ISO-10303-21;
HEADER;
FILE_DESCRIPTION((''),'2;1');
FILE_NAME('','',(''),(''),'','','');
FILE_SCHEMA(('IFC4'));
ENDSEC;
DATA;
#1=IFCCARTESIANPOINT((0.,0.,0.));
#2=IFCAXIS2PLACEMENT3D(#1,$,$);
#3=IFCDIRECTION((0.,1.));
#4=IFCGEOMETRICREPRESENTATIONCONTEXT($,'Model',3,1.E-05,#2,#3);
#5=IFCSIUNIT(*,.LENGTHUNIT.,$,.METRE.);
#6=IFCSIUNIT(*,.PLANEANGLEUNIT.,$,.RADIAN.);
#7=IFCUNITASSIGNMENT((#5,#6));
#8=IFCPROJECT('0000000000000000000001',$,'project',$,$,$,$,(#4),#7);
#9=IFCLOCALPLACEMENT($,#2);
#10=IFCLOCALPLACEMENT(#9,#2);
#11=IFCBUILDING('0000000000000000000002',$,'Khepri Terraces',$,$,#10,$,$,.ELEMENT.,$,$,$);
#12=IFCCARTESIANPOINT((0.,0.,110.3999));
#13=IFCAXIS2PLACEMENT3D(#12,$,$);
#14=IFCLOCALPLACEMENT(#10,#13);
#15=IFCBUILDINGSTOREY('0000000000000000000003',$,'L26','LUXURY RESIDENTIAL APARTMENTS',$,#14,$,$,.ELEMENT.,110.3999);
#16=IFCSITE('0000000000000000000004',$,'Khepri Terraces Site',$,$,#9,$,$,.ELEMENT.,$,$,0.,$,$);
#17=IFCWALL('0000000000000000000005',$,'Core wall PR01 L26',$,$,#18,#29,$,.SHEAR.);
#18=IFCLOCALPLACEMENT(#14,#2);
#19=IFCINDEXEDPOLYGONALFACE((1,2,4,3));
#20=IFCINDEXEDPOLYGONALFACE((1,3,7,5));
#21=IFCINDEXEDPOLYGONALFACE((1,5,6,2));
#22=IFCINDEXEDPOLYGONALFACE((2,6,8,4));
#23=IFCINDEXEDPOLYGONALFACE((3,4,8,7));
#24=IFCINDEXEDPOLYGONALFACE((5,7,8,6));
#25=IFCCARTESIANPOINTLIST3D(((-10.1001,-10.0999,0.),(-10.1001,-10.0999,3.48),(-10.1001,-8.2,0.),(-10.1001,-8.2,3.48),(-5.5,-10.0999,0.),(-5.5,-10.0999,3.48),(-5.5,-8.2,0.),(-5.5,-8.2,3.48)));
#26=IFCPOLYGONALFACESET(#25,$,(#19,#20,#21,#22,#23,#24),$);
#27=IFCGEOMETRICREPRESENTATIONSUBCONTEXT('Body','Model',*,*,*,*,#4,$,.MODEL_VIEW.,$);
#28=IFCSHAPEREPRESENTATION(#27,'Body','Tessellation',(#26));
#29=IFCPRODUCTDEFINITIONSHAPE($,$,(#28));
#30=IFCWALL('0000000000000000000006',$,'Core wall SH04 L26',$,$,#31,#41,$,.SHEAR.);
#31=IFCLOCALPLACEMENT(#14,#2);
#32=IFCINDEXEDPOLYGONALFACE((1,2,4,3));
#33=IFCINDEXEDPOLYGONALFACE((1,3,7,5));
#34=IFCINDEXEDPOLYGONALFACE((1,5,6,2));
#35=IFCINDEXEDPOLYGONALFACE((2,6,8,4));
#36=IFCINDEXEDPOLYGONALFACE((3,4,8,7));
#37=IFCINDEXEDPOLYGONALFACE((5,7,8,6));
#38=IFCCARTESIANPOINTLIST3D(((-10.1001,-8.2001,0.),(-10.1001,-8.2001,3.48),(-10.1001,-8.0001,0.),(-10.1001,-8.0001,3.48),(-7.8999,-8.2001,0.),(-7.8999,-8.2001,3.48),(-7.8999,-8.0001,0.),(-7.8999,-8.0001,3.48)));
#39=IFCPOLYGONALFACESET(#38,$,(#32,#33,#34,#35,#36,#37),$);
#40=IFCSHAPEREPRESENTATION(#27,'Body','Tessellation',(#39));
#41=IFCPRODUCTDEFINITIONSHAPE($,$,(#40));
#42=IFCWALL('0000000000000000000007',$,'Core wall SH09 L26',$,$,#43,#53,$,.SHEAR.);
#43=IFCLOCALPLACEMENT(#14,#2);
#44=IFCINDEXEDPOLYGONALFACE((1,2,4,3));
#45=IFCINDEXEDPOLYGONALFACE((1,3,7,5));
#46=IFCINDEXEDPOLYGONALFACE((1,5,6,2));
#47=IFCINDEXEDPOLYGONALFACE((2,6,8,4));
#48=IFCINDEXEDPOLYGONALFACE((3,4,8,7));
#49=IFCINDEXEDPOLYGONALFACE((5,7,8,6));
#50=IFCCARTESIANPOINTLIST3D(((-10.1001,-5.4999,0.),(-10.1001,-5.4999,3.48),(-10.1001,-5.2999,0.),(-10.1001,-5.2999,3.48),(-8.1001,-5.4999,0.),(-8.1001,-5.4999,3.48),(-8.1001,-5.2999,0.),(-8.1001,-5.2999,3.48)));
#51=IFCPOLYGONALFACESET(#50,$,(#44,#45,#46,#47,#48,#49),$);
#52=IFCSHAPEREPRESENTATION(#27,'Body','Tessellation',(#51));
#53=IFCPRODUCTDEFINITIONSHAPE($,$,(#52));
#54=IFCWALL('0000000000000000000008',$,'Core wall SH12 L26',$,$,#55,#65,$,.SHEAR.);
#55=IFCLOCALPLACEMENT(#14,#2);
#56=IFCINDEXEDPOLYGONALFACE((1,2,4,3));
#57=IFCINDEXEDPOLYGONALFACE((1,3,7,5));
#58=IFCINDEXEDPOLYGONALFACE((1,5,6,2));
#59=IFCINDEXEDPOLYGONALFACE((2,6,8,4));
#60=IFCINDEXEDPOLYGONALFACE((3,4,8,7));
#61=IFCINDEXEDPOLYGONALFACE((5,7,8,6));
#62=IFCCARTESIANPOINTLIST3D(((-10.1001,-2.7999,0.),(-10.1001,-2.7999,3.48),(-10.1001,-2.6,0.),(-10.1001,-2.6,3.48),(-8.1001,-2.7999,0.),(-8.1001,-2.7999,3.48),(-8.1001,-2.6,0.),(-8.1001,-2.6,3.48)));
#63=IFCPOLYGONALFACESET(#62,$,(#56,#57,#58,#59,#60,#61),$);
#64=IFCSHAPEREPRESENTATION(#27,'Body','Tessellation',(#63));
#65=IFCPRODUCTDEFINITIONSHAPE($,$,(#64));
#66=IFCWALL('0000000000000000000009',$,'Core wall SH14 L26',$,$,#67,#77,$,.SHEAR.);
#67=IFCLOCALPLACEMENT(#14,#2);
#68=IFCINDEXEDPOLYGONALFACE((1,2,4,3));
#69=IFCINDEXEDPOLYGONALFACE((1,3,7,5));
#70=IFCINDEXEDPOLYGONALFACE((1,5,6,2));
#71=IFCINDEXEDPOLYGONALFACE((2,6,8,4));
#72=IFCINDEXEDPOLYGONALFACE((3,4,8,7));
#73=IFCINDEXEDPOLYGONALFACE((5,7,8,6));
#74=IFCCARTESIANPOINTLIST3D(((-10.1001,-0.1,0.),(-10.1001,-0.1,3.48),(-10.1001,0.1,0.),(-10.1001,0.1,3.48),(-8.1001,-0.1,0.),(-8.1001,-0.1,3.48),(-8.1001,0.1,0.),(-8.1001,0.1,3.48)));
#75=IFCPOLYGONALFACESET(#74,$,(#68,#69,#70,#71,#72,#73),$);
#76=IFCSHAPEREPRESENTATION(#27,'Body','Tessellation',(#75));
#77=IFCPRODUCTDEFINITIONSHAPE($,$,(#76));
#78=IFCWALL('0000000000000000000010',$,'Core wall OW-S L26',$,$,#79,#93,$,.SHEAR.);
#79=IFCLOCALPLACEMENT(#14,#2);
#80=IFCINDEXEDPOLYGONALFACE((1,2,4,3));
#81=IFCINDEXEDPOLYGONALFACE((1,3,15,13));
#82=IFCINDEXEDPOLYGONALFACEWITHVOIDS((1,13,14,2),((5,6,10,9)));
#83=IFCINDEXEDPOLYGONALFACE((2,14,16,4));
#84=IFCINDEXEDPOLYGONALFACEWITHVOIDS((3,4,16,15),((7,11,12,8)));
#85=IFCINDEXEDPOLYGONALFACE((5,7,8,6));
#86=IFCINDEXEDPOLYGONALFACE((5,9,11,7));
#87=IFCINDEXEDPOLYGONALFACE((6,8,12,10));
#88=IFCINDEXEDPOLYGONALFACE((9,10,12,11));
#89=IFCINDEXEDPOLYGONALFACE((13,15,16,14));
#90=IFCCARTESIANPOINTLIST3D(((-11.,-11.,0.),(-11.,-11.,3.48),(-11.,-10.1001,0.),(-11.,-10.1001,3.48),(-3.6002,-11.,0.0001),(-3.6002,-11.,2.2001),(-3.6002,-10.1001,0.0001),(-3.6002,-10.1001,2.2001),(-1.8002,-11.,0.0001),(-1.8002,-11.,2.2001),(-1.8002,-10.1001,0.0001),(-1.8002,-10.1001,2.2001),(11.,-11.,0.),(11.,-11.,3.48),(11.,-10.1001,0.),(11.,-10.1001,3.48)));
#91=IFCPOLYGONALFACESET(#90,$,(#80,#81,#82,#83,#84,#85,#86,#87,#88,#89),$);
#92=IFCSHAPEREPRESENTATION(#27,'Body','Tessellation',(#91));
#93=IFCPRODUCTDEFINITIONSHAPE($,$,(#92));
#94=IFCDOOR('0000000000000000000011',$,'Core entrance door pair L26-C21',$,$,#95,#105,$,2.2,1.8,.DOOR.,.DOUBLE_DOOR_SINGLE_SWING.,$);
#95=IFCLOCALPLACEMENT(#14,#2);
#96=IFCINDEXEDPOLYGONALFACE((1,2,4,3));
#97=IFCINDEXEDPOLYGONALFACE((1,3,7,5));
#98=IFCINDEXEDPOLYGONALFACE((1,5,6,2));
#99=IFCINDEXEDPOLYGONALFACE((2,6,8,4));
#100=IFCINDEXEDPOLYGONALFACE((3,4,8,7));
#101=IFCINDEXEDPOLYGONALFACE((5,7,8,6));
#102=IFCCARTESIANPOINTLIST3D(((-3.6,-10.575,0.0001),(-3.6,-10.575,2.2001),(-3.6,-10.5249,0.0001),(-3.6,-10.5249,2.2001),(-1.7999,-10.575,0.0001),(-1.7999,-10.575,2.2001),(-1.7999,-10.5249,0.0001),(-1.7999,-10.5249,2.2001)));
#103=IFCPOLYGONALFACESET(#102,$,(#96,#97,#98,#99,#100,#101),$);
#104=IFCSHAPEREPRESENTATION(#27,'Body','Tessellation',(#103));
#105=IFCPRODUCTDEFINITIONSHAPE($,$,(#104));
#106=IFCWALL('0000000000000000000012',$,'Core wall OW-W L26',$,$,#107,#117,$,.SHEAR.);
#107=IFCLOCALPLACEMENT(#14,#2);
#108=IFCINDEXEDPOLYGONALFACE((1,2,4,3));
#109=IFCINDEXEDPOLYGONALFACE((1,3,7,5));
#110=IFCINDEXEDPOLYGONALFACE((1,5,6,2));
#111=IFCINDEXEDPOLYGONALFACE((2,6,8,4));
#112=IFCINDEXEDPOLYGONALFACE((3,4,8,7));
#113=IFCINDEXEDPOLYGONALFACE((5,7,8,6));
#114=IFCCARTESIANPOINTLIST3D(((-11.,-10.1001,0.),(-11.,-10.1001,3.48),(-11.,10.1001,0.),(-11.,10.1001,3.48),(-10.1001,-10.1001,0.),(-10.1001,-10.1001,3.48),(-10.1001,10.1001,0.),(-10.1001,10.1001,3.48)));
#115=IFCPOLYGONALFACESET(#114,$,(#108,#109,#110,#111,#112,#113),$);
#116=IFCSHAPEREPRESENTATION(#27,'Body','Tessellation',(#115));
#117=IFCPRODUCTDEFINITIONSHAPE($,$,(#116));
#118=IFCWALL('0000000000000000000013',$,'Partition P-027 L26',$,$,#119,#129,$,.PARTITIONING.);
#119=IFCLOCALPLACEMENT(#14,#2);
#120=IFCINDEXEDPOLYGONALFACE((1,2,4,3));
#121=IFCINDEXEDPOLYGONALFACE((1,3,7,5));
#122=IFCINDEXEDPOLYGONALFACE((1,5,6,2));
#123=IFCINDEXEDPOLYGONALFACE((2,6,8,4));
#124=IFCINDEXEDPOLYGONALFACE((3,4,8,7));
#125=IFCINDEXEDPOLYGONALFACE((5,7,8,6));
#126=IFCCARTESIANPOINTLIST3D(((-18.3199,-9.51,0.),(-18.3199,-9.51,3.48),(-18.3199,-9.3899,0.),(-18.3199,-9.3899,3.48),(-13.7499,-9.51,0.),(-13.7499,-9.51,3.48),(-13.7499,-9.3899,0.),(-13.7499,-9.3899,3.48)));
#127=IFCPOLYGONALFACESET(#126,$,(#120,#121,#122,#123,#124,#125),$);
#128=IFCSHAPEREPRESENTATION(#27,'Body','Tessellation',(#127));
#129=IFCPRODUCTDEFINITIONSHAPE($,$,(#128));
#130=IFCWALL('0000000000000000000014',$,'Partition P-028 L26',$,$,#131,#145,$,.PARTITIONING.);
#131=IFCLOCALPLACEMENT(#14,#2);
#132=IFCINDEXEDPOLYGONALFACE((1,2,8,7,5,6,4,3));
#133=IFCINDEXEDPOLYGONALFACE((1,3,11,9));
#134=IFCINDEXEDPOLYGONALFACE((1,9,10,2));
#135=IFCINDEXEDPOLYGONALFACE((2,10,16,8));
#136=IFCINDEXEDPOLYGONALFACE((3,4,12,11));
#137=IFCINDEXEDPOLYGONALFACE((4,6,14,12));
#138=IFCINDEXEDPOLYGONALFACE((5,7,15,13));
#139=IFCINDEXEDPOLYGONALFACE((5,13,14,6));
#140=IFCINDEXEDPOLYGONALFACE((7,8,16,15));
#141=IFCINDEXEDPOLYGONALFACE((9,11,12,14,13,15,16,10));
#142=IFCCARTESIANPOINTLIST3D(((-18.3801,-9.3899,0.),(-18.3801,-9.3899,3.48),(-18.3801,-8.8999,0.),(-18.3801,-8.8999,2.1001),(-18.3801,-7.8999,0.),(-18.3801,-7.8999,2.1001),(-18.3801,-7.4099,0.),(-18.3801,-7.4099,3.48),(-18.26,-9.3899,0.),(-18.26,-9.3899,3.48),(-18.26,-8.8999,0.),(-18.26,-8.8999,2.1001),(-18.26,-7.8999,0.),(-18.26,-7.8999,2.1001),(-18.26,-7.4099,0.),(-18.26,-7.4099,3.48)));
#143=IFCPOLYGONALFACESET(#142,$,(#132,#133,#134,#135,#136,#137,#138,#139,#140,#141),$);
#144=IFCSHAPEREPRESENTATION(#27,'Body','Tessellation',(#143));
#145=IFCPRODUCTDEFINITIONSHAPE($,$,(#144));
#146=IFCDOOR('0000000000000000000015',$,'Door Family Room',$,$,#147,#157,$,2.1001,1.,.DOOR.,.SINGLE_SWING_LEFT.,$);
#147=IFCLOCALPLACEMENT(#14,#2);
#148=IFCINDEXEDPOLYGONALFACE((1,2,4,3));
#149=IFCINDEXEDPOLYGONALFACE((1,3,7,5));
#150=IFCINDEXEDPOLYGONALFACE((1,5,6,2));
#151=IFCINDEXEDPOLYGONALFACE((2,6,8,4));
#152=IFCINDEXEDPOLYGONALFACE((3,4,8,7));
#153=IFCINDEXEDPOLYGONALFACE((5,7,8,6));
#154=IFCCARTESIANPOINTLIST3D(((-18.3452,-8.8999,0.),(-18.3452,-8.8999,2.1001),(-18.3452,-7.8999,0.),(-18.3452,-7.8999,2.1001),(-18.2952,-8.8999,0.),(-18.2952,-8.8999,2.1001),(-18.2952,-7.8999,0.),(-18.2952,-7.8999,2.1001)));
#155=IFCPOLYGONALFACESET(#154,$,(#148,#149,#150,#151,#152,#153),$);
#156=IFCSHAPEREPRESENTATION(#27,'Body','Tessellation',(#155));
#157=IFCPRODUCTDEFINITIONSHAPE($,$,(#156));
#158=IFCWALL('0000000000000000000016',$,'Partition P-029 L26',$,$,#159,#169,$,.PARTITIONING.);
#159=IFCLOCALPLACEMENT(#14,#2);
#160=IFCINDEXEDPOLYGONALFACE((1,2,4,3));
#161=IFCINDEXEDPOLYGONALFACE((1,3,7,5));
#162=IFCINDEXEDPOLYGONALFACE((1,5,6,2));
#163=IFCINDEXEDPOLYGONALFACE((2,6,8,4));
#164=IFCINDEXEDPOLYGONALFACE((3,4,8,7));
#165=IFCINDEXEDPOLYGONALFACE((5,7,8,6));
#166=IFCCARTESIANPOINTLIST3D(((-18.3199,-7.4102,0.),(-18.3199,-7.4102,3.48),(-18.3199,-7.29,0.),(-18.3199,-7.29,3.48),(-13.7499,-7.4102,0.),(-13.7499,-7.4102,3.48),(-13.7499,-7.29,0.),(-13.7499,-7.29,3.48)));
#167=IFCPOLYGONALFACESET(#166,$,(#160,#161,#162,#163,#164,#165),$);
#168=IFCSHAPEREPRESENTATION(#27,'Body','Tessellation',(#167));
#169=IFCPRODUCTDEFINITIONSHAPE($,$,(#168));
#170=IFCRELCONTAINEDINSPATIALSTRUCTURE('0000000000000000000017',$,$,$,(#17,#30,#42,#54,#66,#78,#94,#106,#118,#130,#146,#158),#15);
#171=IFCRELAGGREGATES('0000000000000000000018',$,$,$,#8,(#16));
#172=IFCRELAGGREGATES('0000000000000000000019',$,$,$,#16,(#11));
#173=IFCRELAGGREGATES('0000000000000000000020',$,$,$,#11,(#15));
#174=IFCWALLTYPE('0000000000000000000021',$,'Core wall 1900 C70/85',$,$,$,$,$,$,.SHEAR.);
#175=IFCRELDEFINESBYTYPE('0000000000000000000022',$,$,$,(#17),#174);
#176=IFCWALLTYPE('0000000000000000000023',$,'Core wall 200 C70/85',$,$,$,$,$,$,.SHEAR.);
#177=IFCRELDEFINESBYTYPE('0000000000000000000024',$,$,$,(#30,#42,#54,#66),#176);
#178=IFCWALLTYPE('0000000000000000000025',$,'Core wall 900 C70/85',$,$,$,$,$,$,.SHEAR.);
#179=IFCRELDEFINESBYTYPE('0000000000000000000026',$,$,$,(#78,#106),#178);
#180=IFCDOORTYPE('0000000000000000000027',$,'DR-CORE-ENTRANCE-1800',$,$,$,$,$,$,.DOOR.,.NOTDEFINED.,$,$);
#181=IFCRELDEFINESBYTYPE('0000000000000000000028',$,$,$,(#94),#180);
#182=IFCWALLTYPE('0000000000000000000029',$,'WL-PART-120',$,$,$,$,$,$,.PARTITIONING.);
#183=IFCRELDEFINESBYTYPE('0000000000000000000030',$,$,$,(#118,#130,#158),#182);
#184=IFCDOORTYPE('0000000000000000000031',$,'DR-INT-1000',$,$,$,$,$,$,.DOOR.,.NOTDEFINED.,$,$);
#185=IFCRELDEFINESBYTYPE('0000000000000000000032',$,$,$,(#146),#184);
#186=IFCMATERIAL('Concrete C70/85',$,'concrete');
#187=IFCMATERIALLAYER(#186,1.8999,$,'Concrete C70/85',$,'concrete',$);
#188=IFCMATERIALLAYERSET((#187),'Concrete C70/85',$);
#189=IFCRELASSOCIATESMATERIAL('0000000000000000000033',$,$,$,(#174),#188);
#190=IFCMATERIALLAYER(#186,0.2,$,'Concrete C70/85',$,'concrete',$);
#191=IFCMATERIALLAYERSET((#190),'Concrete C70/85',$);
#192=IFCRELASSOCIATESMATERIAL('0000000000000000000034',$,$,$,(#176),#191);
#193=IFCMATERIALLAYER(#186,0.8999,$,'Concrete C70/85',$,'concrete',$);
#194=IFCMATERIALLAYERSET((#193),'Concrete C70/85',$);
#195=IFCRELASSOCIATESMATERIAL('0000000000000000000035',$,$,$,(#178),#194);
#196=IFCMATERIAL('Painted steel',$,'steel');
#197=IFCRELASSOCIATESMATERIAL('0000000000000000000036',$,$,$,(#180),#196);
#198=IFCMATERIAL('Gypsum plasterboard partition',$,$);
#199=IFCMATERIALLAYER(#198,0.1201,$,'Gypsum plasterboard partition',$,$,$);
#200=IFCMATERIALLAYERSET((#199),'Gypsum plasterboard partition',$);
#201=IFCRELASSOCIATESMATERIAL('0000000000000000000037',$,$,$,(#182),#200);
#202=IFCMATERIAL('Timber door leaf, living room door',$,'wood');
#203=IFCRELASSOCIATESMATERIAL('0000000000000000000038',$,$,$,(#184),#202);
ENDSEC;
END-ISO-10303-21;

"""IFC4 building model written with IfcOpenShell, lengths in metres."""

from ifc_helpers import new_model, si_unit, direction, frame, frame_2d, origin, place, context, subcontext, project, spatial, rectangle, extrude, material, layer, layer_set, type_object, element, fill, save


model = new_model("IFC4")

# Units and contexts
model_context = context("Model", 3, precision=1e-05, world=origin(), true_north=direction((0.0, 1.0)))
body_context = subcontext(model_context, "Body", "Model", "MODEL_VIEW")
ifc_project = project(units=[si_unit("LENGTHUNIT", "METRE"), si_unit("PLANEANGLEUNIT", "RADIAN")], contexts=[model_context])

# Site, building, storey
site_placement = place(None, origin())
site = spatial("IfcSite", under=ifc_project, at=site_placement, Name="Khepri Terraces Site", CompositionType="ELEMENT", RefElevation=0.0)
building_placement = place(site_placement, origin())
building = spatial("IfcBuilding", under=site, at=building_placement, Name="Khepri Terraces", CompositionType="ELEMENT")
storey_placement = place(building_placement, frame((0.0, 0.0, 110.3999)))
storey = spatial("IfcBuildingStorey", under=building, at=storey_placement, Name="L26", Description="LUXURY RESIDENTIAL APARTMENTS", CompositionType="ELEMENT", Elevation=110.3999)

# Walls
ifc_material_1 = material(Name="Concrete C70/85", Category="concrete")
ifc_layer_1 = layer(ifc_material_1, 1.8999, Name="Concrete C70/85", Category="concrete")
ifc_layer_set_1 = layer_set([ifc_layer_1], Name="Concrete C70/85")
wall_type_1 = type_object("IfcWallType", Name="Core wall 1900 C70/85", PredefinedType="SHEAR", material=ifc_layer_set_1)
wall_1_placement = place(storey_placement, frame((-10.1001, -9.1499, 0.0), z_axis=(0.0, 0.0, 1.0), x_axis=(1.0, 0.0, 0.0)))
element("IfcWall", 1, at=wall_1_placement, inside=storey, type_object=wall_type_1, Name="Core wall PR01 L26", PredefinedType="SHEAR", context=body_context, shape_type="SweptSolid", body=[
    extrude(rectangle(XDim=4.6001, YDim=1.8999, at=frame_2d((2.3, 0.0))), origin(), (0.0, 0.0, 1.0), 3.48),
])
ifc_layer_2 = layer(ifc_material_1, 0.2, Name="Concrete C70/85", Category="concrete")
ifc_layer_set_2 = layer_set([ifc_layer_2], Name="Concrete C70/85")
wall_type_2 = type_object("IfcWallType", Name="Core wall 200 C70/85", PredefinedType="SHEAR", material=ifc_layer_set_2)
wall_2_placement = place(storey_placement, frame((-10.1001, -8.1001, 0.0), z_axis=(0.0, 0.0, 1.0), x_axis=(1.0, 0.0, 0.0)))
element("IfcWall", 2, at=wall_2_placement, inside=storey, type_object=wall_type_2, Name="Core wall SH04 L26", PredefinedType="SHEAR", context=body_context, shape_type="SweptSolid", body=[
    extrude(rectangle(XDim=2.2002, YDim=0.2, at=frame_2d((1.1001, 0.0))), origin(), (0.0, 0.0, 1.0), 3.48),
])
for number, where, z_axis, x_axis, name in (
    (3, (-10.1001, -5.3999, 0.0), (0.0, 0.0, 1.0), (1.0, 0.0, 0.0), "Core wall SH09 L26"),
    (4, (-10.1001, -2.7, 0.0), (0.0, 0.0, 1.0), (1.0, 0.0, 0.0), "Core wall SH12 L26"),
    (5, (-10.1001, 0.0, 0.0), (0.0, 0.0, 1.0), (1.0, 0.0, 0.0), "Core wall SH14 L26"),
):
    element("IfcWall", number, at=place(storey_placement, frame(where, z_axis=z_axis, x_axis=x_axis)), inside=storey, type_object=wall_type_2, Name=name, PredefinedType="SHEAR", context=body_context, shape_type="SweptSolid", body=[
        extrude(rectangle(XDim=2.0, YDim=0.2, at=frame_2d((1.0, 0.0))), origin(), (0.0, 0.0, 1.0), 3.48),
    ])

# Wall, opening, door
ifc_layer_3 = layer(ifc_material_1, 0.8999, Name="Concrete C70/85", Category="concrete")
ifc_layer_set_3 = layer_set([ifc_layer_3], Name="Concrete C70/85")
wall_type_3 = type_object("IfcWallType", Name="Core wall 900 C70/85", PredefinedType="SHEAR", material=ifc_layer_set_3)
wall_3_placement = place(storey_placement, frame((-11.0, -10.55, 0.0), z_axis=(0.0, 0.0, 1.0), x_axis=(1.0, 0.0, 0.0)))
wall_3 = element("IfcWall", 6, at=wall_3_placement, inside=storey, type_object=wall_type_3, Name="Core wall OW-S L26", PredefinedType="SHEAR", context=body_context, shape_type="SweptSolid", body=[
    extrude(rectangle(XDim=22.0, YDim=0.8999, at=frame_2d((11.0, 0.0))), origin(), (0.0, 0.0, 1.0), 3.48),
])
opening_1_placement = place(wall_3_placement, frame((7.3999, 0.0, 0.0)))
opening_1 = element("IfcOpeningElement", 7, at=opening_1_placement, cuts=wall_3, PredefinedType="OPENING", context=body_context, shape_type="SweptSolid", body=[
    extrude(rectangle(XDim=1.8, YDim=2.2, at=frame_2d((0.8999, 1.1001))), frame((0.0, 0.46, 0.0), z_axis=(0.0, -1.0, 0.0), x_axis=(1.0, 0.0, 0.0)), (0.0, 0.0, 1.0), 0.9199),
])
ifc_material_2 = material(Name="Painted steel", Category="steel")
door_type_1 = type_object("IfcDoorType", Name="DR-CORE-ENTRANCE-1800", OperationType="NOTDEFINED", PredefinedType="DOOR", material=ifc_material_2)
door_1_placement = place(opening_1_placement, frame((1.8, 0.0, 0.0), z_axis=(0.0, 0.0, 1.0), x_axis=(-1.0, 0.0, 0.0)))
door_1 = element("IfcDoor", 8, at=door_1_placement, inside=storey, type_object=door_type_1, Name="Core entrance door pair L26-C21", OperationType="DOUBLE_DOOR_SINGLE_SWING", OverallHeight=2.2, OverallWidth=1.8, PredefinedType="DOOR", context=body_context, shape_type="SweptSolid", body=[
    extrude(rectangle(XDim=1.8, YDim=2.2, at=frame_2d((0.8999, 1.1001))), frame((0.0, 0.0249, 0.0), z_axis=(0.0, -1.0, 0.0), x_axis=(1.0, 0.0, 0.0)), (0.0, 0.0, 1.0), 0.05),
])
fill(opening_1, door_1)

# Walls
wall_4_placement = place(storey_placement, frame((-10.55, -10.1001, 0.0), z_axis=(0.0, 0.0, 1.0), x_axis=(0.0, 1.0, 0.0)))
element("IfcWall", 9, at=wall_4_placement, inside=storey, type_object=wall_type_3, Name="Core wall OW-W L26", PredefinedType="SHEAR", context=body_context, shape_type="SweptSolid", body=[
    extrude(rectangle(XDim=20.2002, YDim=0.8999, at=frame_2d((10.1001, 0.0))), origin(), (0.0, 0.0, 1.0), 3.48),
])
ifc_material_3 = material(Name="Gypsum plasterboard partition")
ifc_layer_4 = layer(ifc_material_3, 0.1201, Name="Gypsum plasterboard partition")
ifc_layer_set_4 = layer_set([ifc_layer_4], Name="Gypsum plasterboard partition")
wall_type_4 = type_object("IfcWallType", Name="WL-PART-120", PredefinedType="PARTITIONING", material=ifc_layer_set_4)
wall_5_placement = place(storey_placement, frame((-18.3201, -9.45, 0.0), z_axis=(0.0, 0.0, 1.0), x_axis=(1.0, 0.0, 0.0)))
element("IfcWall", 10, at=wall_5_placement, inside=storey, type_object=wall_type_4, Name="Partition P-027 L26", PredefinedType="PARTITIONING", context=body_context, shape_type="SweptSolid", body=[
    extrude(rectangle(XDim=4.5701, YDim=0.1201, at=frame_2d((2.2852, 0.0))), origin(), (0.0, 0.0, 1.0), 3.48),
])

# Wall, opening, door
wall_6_placement = place(storey_placement, frame((-18.3201, -9.3899, 0.0), z_axis=(0.0, 0.0, 1.0), x_axis=(0.0, 1.0, 0.0)))
wall_6 = element("IfcWall", 11, at=wall_6_placement, inside=storey, type_object=wall_type_4, Name="Partition P-028 L26", PredefinedType="PARTITIONING", context=body_context, shape_type="SweptSolid", body=[
    extrude(rectangle(XDim=1.98, YDim=0.1201, at=frame_2d((0.99, 0.0))), origin(), (0.0, 0.0, 1.0), 3.48),
])
opening_2_placement = place(wall_6_placement, frame((0.49, 0.0, 0.0)))
opening_2 = element("IfcOpeningElement", 12, at=opening_2_placement, cuts=wall_6, PredefinedType="OPENING", context=body_context, shape_type="SweptSolid", body=[
    extrude(rectangle(XDim=1.0, YDim=2.1001, at=frame_2d((0.5, 1.05))), frame((0.0, 0.0701, 0.0), z_axis=(0.0, -1.0, 0.0), x_axis=(1.0, 0.0, 0.0)), (0.0, 0.0, 1.0), 0.1401),
])
ifc_material_4 = material(Name="Timber door leaf, living room door", Category="wood")
door_type_2 = type_object("IfcDoorType", Name="DR-INT-1000", OperationType="NOTDEFINED", PredefinedType="DOOR", material=ifc_material_4)
door_2_placement = place(opening_2_placement, frame((1.0, 0.0, 0.0), z_axis=(0.0, 0.0, 1.0), x_axis=(-1.0, 0.0, 0.0)))
door_2 = element("IfcDoor", 13, at=door_2_placement, inside=storey, type_object=door_type_2, Name="Door Family Room", OperationType="SINGLE_SWING_LEFT", OverallHeight=2.1001, OverallWidth=1.0, PredefinedType="DOOR", context=body_context, shape_type="SweptSolid", body=[
    extrude(rectangle(XDim=1.0, YDim=2.1001, at=frame_2d((0.5, 1.05))), frame((0.0, 0.0249, 0.0), z_axis=(0.0, -1.0, 0.0), x_axis=(1.0, 0.0, 0.0)), (0.0, 0.0, 1.0), 0.05),
])
fill(opening_2, door_2)

# Wall
wall_7_placement = place(storey_placement, frame((-18.3201, -7.3501, 0.0), z_axis=(0.0, 0.0, 1.0), x_axis=(1.0, 0.0, 0.0)))
element("IfcWall", 14, at=wall_7_placement, inside=storey, type_object=wall_type_4, Name="Partition P-029 L26", PredefinedType="PARTITIONING", context=body_context, shape_type="SweptSolid", body=[
    extrude(rectangle(XDim=4.5701, YDim=0.1201, at=frame_2d((2.2852, 0.0))), origin(), (0.0, 0.0, 1.0), 3.48),
])

save(model, "model.ifc")
